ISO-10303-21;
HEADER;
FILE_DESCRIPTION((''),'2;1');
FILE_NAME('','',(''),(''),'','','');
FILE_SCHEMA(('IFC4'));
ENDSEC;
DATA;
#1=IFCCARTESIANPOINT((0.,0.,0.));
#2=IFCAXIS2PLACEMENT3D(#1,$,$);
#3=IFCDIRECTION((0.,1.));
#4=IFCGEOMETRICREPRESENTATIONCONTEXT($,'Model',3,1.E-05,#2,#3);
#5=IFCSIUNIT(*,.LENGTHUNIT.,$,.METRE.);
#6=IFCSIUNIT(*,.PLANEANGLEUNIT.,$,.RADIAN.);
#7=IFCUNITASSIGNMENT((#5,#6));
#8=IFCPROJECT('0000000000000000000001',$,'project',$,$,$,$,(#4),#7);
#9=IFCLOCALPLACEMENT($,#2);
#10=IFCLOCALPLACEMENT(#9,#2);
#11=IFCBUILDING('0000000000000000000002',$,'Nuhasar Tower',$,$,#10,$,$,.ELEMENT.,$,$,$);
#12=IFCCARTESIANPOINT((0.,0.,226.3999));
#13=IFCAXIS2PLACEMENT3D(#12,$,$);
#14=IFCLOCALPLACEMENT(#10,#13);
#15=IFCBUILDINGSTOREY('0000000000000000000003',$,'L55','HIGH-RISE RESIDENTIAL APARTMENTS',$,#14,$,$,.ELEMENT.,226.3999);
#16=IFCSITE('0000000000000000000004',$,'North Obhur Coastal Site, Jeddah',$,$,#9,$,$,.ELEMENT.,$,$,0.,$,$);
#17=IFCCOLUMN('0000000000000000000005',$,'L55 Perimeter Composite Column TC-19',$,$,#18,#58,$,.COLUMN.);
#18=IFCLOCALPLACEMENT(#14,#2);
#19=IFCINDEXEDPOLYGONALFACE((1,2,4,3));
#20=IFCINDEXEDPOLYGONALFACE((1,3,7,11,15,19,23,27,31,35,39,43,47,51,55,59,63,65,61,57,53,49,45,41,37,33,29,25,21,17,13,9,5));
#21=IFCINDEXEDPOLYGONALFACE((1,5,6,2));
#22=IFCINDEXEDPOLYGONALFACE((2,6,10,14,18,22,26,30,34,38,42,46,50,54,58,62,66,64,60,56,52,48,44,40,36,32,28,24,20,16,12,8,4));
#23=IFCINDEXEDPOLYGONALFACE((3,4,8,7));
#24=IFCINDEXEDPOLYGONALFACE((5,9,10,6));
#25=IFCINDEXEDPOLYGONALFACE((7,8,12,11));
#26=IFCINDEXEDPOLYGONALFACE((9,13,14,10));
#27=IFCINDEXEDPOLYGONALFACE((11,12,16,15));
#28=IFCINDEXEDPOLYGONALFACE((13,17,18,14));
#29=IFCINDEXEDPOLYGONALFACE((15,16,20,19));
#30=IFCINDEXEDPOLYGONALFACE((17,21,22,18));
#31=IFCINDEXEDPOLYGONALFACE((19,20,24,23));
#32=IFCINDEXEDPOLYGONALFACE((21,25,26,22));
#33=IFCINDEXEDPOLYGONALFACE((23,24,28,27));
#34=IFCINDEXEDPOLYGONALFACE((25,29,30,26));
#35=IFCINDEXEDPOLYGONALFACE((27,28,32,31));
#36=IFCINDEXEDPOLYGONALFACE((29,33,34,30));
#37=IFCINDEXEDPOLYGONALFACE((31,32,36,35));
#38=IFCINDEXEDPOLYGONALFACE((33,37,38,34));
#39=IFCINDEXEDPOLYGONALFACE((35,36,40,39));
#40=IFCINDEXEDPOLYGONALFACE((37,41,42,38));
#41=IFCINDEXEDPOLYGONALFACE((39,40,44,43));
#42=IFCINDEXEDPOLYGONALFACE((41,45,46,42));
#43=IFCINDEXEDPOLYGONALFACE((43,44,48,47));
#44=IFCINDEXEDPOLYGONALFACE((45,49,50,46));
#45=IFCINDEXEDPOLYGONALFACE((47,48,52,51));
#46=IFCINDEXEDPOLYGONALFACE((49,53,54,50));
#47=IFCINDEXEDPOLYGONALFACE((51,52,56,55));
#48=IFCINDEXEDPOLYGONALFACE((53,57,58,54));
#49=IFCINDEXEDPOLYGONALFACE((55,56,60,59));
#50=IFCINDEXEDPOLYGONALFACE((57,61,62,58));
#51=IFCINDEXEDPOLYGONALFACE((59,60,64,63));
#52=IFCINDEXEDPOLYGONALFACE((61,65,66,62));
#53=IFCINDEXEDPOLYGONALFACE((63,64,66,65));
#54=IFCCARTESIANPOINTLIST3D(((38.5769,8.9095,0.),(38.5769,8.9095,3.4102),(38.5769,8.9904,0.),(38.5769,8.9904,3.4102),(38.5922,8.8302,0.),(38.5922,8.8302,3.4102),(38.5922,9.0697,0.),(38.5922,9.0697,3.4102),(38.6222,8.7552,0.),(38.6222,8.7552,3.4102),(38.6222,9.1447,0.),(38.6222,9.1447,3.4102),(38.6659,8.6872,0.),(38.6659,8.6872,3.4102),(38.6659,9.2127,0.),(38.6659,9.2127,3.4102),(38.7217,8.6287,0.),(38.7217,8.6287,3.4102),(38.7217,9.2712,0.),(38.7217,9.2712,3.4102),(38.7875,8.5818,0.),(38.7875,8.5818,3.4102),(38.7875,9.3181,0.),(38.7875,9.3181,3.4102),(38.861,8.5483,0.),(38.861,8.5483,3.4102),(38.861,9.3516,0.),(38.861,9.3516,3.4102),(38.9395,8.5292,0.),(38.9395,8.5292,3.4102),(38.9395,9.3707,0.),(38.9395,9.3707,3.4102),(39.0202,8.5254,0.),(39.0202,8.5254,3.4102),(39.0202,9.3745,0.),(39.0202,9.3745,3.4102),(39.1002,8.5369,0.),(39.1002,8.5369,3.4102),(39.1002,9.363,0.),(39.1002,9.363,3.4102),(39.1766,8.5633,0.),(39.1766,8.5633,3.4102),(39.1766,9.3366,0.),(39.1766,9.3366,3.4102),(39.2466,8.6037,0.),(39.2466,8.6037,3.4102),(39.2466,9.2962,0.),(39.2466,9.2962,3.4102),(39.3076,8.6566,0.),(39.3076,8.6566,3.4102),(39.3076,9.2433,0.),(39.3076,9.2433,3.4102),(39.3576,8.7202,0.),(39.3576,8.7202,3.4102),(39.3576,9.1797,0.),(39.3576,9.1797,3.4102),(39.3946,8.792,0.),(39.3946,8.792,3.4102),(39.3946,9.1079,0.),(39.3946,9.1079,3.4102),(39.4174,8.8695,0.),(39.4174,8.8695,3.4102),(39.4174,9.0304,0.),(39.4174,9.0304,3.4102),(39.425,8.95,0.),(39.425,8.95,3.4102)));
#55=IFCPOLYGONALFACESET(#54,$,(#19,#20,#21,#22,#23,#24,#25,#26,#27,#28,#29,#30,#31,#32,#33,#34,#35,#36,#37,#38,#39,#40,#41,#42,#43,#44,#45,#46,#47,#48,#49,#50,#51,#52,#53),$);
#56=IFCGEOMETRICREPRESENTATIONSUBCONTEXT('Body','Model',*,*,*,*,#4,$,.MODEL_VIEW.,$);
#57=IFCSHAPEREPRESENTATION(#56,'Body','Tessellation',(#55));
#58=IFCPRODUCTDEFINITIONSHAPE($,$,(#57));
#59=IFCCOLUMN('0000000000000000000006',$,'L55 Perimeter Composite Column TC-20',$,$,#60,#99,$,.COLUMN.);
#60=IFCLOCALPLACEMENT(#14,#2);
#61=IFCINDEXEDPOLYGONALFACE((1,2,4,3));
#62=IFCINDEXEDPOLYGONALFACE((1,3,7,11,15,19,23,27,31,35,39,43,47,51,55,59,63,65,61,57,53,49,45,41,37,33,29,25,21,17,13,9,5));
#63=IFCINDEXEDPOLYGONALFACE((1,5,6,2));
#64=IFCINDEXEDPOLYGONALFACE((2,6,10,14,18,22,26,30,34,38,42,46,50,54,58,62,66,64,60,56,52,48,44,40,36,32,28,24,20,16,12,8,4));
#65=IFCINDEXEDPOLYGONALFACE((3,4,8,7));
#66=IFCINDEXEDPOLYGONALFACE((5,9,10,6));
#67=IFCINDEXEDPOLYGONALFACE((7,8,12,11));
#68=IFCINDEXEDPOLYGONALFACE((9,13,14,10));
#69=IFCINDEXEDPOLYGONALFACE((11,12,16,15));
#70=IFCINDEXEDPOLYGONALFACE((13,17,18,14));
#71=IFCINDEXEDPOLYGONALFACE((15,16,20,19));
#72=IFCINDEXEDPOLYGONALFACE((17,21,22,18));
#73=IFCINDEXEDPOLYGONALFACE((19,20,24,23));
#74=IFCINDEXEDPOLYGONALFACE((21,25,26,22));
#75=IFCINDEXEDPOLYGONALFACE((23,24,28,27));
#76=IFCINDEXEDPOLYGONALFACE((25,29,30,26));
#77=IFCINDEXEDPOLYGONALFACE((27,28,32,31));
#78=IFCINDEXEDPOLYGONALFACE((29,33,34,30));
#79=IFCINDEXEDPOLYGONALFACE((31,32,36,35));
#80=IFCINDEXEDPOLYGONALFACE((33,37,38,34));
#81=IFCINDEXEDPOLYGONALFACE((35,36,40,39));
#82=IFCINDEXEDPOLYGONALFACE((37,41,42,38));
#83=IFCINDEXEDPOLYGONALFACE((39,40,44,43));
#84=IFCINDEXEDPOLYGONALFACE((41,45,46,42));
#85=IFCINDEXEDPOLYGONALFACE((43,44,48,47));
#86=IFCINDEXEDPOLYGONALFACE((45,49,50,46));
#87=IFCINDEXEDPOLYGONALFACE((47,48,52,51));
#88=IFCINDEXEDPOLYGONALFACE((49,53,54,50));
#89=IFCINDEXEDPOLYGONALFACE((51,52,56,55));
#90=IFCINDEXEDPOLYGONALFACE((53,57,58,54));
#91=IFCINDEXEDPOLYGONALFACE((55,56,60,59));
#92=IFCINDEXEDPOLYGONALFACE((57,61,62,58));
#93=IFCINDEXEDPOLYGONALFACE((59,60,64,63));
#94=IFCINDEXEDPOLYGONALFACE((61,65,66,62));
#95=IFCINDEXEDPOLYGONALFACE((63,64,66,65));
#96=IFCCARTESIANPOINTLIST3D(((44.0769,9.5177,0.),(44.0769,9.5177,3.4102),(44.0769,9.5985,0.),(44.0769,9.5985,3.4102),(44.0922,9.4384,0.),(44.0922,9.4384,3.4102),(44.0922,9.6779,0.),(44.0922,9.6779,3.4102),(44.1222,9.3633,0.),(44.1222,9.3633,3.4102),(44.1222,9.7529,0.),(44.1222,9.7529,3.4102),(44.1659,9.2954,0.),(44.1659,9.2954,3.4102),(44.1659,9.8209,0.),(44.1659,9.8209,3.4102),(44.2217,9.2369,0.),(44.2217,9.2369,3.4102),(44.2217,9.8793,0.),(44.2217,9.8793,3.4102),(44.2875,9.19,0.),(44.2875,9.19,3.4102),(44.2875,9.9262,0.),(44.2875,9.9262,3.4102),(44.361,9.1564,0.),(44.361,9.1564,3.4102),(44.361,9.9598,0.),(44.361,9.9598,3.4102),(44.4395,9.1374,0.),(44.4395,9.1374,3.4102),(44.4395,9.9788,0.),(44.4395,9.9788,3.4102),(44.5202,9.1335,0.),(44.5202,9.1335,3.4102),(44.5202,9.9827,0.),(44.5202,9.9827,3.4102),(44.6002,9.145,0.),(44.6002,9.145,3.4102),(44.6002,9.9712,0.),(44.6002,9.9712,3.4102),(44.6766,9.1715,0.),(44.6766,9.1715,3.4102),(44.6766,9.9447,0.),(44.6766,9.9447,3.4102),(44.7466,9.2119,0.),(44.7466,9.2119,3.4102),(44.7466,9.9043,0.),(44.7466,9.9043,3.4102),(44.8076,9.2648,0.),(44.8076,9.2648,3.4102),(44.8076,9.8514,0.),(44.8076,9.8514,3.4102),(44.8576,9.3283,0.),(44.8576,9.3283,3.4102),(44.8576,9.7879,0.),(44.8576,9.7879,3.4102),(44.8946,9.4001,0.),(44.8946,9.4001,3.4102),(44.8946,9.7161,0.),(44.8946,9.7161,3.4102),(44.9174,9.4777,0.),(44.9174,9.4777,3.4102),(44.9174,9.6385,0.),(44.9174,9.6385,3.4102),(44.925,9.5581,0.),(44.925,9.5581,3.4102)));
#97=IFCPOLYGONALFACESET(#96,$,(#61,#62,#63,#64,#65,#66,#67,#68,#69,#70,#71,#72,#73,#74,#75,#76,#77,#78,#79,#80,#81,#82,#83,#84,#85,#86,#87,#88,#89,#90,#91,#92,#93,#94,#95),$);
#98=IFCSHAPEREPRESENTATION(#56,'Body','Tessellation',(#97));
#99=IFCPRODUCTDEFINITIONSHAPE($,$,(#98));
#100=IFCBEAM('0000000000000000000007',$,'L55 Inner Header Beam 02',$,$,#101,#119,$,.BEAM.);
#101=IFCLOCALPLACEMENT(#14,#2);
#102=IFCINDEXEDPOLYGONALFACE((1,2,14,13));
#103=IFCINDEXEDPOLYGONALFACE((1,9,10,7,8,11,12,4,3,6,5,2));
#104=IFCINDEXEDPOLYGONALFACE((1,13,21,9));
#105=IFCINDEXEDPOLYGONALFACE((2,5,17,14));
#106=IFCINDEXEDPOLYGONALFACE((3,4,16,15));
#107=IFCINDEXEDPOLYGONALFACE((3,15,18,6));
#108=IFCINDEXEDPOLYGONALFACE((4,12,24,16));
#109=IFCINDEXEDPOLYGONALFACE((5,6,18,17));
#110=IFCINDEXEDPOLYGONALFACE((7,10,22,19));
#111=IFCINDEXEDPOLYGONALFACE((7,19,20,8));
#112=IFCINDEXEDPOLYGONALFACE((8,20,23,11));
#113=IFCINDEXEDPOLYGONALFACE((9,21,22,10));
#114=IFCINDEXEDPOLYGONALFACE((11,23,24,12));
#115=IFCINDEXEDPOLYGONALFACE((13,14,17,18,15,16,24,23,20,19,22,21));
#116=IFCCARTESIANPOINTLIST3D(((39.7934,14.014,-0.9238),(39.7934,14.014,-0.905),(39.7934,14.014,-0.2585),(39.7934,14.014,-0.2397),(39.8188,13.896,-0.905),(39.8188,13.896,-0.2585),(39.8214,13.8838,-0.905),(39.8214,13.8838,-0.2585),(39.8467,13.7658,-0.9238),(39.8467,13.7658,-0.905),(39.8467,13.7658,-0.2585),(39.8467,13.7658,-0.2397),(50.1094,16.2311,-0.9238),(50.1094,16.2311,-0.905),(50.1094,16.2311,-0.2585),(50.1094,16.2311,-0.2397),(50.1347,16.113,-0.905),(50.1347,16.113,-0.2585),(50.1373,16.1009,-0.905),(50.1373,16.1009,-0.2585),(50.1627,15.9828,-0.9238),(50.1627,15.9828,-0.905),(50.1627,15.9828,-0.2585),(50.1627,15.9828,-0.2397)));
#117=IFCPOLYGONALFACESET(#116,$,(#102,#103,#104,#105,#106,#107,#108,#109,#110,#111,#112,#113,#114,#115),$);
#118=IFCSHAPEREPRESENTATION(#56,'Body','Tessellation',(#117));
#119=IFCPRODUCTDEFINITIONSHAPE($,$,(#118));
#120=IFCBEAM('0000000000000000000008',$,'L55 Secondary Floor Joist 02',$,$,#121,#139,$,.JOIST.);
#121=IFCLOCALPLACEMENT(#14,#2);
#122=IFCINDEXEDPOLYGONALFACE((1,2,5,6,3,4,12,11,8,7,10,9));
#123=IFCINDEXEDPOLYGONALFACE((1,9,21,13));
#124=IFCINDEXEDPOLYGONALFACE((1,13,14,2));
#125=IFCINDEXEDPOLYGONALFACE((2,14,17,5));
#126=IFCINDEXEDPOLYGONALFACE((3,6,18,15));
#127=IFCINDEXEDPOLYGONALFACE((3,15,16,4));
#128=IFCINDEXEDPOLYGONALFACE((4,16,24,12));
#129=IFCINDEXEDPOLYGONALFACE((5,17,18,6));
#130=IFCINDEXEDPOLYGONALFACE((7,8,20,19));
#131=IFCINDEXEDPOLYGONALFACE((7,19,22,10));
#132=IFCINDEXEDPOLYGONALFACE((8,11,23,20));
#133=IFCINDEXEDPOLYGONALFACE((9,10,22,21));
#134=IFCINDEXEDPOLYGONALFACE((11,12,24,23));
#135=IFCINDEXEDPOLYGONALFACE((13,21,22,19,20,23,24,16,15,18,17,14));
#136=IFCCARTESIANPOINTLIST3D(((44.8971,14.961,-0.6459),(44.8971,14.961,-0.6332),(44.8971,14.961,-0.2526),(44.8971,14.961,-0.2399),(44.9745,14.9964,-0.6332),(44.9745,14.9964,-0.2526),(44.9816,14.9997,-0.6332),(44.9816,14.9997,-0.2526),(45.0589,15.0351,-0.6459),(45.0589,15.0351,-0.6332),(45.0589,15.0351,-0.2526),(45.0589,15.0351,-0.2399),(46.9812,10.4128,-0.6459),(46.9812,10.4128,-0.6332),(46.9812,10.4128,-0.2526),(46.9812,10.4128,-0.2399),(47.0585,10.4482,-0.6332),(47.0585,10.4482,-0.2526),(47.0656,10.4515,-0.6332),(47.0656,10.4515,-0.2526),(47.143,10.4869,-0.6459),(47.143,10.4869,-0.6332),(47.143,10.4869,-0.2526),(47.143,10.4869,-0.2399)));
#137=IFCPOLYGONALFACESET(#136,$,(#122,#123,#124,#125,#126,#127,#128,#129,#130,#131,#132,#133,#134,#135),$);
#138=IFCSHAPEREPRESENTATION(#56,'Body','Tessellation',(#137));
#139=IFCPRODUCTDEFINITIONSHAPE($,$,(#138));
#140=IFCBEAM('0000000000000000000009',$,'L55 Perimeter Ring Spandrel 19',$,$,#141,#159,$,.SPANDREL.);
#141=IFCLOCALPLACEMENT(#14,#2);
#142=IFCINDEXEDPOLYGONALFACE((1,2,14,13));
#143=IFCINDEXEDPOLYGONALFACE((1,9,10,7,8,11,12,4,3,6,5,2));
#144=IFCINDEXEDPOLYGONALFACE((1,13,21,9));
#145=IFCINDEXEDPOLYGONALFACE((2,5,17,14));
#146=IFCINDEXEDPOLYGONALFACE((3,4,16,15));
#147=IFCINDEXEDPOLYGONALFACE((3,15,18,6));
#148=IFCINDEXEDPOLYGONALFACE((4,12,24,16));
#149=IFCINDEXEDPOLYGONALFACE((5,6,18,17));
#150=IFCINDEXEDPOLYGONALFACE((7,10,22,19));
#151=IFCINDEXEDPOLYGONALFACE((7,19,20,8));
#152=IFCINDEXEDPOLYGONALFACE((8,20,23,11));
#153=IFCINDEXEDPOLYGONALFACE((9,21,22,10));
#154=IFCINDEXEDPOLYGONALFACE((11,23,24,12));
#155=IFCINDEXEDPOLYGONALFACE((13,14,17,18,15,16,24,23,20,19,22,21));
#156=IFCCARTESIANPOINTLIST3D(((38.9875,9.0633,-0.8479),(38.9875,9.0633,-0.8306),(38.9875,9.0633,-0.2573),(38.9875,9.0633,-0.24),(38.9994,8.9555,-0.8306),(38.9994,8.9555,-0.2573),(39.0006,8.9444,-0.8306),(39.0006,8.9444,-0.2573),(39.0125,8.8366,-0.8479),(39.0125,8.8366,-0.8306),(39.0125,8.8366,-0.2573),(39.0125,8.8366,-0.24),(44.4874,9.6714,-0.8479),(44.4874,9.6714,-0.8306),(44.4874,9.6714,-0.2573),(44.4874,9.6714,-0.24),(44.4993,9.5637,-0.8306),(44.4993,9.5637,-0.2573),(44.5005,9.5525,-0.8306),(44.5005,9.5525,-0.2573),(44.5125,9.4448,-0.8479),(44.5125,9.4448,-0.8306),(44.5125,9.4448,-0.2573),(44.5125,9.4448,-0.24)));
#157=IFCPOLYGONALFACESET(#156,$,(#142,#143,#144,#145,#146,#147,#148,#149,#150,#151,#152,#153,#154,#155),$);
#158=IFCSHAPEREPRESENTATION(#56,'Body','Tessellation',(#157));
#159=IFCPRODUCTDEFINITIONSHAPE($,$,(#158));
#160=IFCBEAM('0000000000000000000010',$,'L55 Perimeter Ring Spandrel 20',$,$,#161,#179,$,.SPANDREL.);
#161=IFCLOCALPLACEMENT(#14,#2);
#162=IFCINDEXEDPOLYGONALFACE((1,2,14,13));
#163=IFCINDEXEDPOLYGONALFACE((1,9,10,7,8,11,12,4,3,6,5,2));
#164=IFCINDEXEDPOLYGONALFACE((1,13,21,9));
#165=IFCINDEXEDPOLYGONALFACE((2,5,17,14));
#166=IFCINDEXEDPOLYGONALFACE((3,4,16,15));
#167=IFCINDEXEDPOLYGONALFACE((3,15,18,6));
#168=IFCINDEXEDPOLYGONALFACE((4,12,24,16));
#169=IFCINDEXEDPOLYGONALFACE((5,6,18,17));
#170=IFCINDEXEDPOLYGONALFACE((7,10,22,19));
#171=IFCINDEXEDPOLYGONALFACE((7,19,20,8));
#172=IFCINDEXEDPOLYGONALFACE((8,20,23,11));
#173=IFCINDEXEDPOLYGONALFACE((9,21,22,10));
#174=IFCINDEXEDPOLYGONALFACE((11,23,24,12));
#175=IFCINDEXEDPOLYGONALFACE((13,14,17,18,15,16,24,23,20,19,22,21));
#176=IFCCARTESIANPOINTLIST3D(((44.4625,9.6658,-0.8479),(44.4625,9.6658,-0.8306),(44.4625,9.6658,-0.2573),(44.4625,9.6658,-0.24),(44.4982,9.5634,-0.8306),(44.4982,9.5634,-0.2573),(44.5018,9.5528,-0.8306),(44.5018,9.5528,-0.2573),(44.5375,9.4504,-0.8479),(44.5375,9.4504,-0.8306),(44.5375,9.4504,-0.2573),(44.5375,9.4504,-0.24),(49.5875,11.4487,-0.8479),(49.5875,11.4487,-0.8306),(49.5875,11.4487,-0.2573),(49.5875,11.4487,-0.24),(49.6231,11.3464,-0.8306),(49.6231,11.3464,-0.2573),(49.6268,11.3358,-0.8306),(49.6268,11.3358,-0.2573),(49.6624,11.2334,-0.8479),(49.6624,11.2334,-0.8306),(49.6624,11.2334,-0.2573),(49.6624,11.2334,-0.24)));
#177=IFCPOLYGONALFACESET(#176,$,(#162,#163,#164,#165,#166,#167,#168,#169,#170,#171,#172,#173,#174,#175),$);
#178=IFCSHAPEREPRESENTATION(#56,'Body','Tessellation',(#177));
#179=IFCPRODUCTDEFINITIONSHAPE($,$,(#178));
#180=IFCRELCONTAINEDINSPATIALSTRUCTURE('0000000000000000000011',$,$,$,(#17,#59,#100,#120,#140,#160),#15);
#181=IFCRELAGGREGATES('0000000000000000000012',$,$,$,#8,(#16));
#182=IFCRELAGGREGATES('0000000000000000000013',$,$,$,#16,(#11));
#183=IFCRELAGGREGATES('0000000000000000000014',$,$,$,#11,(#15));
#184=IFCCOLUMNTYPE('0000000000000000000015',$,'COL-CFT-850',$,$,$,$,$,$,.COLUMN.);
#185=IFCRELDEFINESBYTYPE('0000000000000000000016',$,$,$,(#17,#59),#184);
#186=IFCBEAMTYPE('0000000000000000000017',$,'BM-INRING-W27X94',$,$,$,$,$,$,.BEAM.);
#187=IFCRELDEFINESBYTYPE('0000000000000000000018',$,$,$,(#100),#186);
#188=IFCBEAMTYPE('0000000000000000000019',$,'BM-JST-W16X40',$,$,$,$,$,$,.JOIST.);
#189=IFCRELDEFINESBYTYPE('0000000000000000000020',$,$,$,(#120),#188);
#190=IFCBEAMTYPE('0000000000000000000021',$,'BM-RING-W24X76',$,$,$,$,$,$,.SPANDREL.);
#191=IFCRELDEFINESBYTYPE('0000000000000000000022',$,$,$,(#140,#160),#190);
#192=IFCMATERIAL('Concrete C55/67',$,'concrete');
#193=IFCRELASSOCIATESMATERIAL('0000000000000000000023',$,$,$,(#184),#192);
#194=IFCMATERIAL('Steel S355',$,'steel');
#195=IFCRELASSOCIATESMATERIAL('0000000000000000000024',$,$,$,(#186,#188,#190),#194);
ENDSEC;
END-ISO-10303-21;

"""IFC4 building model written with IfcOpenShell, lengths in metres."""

from ifc_helpers import new_model, si_unit, direction, frame, origin, origin_2d, place, context, subcontext, project, spatial, circle, i_section, extrude, material, material_profile, profile_set, type_object, element, save


model = new_model("IFC4")

# Units and contexts
model_context = context("Model", 3, precision=1e-05, world=origin(), true_north=direction((0.0, 1.0)))
body_context = subcontext(model_context, "Body", "Model", "MODEL_VIEW")
ifc_project = project(units=[si_unit("LENGTHUNIT", "METRE"), si_unit("PLANEANGLEUNIT", "RADIAN")], contexts=[model_context])

# Site, building, storey
site_placement = place(None, origin())
site = spatial("IfcSite", under=ifc_project, at=site_placement, Name="North Obhur Coastal Site, Jeddah", CompositionType="ELEMENT", RefElevation=0.0)
building_placement = place(site_placement, origin())
building = spatial("IfcBuilding", under=site, at=building_placement, Name="Nuhasar Tower", CompositionType="ELEMENT")
storey_placement = place(building_placement, frame((0.0, 0.0, 226.3999)))
storey = spatial("IfcBuildingStorey", under=building, at=storey_placement, Name="L55", Description="HIGH-RISE RESIDENTIAL APARTMENTS", CompositionType="ELEMENT", Elevation=226.3999)

# Columns
ifc_material_1 = material(Name="Concrete C55/67", Category="concrete")
ifc_material_profile_1 = material_profile(ifc_material_1, circle(Radius=0.425, at=origin_2d()), Name="CFT850")
ifc_profile_set_1 = profile_set([ifc_material_profile_1], Name="Concrete C55/67")
column_type = type_object("IfcColumnType", Name="COL-CFT-850", PredefinedType="COLUMN", material=ifc_profile_set_1)
for number, where, z_axis, x_axis, name in (
    (1, (39.0, 8.95, 0.0), (0.0, 0.0, 1.0), (1.0, 0.0, 0.0), "L55 Perimeter Composite Column TC-19"),
    (2, (44.5, 9.5581, 0.0), (0.0, 0.0, 1.0), (1.0, 0.0, 0.0), "L55 Perimeter Composite Column TC-20"),
):
    element("IfcColumn", number, at=place(storey_placement, frame(where, z_axis=z_axis, x_axis=x_axis)), inside=storey, type_object=column_type, Name=name, PredefinedType="COLUMN", context=body_context, shape_type="SweptSolid", body=[
        extrude(circle(Radius=0.425, at=origin_2d()), origin(), (0.0, 0.0, 1.0), 3.4102),
    ])

# Beams
ifc_material_2 = material(Name="Steel S355", Category="steel")
ifc_material_profile_2 = material_profile(ifc_material_2, i_section(OverallWidth=0.2539, OverallDepth=0.6841, WebThickness=0.0125, FlangeThickness=0.0188, at=origin_2d()), Name="W27X94")
ifc_profile_set_2 = profile_set([ifc_material_profile_2], Name="Steel S355")
beam_type_1 = type_object("IfcBeamType", Name="BM-INRING-W27X94", PredefinedType="BEAM", material=ifc_profile_set_2)
beam_1_placement = place(storey_placement, frame((39.8201, 13.8899, -0.5818), z_axis=(0.977676, 0.210117, 0.0), x_axis=(-0.210117, 0.977676, 0.0)))
element("IfcBeam", 3, at=beam_1_placement, inside=storey, type_object=beam_type_1, Name="L55 Inner Header Beam 02", PredefinedType="BEAM", context=body_context, shape_type="SweptSolid", body=[
    extrude(i_section(OverallWidth=0.2539, OverallDepth=0.6841, WebThickness=0.0125, FlangeThickness=0.0188, at=origin_2d()), origin(), (0.0, 0.0, 1.0), 10.5515),
])
ifc_material_profile_3 = material_profile(ifc_material_2, i_section(OverallWidth=0.178, OverallDepth=0.406, WebThickness=0.0078, FlangeThickness=0.0127, at=origin_2d()), Name="W16X40")
ifc_profile_set_3 = profile_set([ifc_material_profile_3], Name="Steel S355")
beam_type_2 = type_object("IfcBeamType", Name="BM-JST-W16X40", PredefinedType="JOIST", material=ifc_profile_set_3)
beam_2_placement = place(storey_placement, frame((44.978, 14.998, -0.4429), z_axis=(0.416562, -0.909107, 0.0), x_axis=(0.909107, 0.416562, 0.0)))
element("IfcBeam", 4, at=beam_2_placement, inside=storey, type_object=beam_type_2, Name="L55 Secondary Floor Joist 02", PredefinedType="JOIST", context=body_context, shape_type="SweptSolid", body=[
    extrude(i_section(OverallWidth=0.178, OverallDepth=0.406, WebThickness=0.0078, FlangeThickness=0.0127, at=origin_2d()), origin(), (0.0, 0.0, 1.0), 5.0029),
])
ifc_material_profile_4 = material_profile(ifc_material_2, i_section(OverallWidth=0.228, OverallDepth=0.6079, WebThickness=0.0112, FlangeThickness=0.0173, at=origin_2d()), Name="W24X76")
ifc_profile_set_4 = profile_set([ifc_material_profile_4], Name="Steel S355")
beam_type_3 = type_object("IfcBeamType", Name="BM-RING-W24X76", PredefinedType="SPANDREL", material=ifc_profile_set_4)
beam_3_placement = place(storey_placement, frame((39.0, 8.95, -0.5439), z_axis=(0.993942, 0.109904, 0.0), x_axis=(-0.109904, 0.993942, 0.0)))
element("IfcBeam", 5, at=beam_3_placement, inside=storey, type_object=beam_type_3, Name="L55 Perimeter Ring Spandrel 19", PredefinedType="SPANDREL", context=body_context, shape_type="SweptSolid", body=[
    extrude(i_section(OverallWidth=0.228, OverallDepth=0.6079, WebThickness=0.0112, FlangeThickness=0.0173, at=origin_2d()), origin(), (0.0, 0.0, 1.0), 5.5334),
])
beam_4_placement = place(storey_placement, frame((44.5, 9.5581, -0.5439), z_axis=(0.944477, 0.328578, 0.0), x_axis=(-0.328578, 0.944477, 0.0)))
element("IfcBeam", 6, at=beam_4_placement, inside=storey, type_object=beam_type_3, Name="L55 Perimeter Ring Spandrel 20", PredefinedType="SPANDREL", context=body_context, shape_type="SweptSolid", body=[
    extrude(i_section(OverallWidth=0.228, OverallDepth=0.6079, WebThickness=0.0112, FlangeThickness=0.0173, at=origin_2d()), origin(), (0.0, 0.0, 1.0), 5.4263),
])

save(model, "model.ifc")
